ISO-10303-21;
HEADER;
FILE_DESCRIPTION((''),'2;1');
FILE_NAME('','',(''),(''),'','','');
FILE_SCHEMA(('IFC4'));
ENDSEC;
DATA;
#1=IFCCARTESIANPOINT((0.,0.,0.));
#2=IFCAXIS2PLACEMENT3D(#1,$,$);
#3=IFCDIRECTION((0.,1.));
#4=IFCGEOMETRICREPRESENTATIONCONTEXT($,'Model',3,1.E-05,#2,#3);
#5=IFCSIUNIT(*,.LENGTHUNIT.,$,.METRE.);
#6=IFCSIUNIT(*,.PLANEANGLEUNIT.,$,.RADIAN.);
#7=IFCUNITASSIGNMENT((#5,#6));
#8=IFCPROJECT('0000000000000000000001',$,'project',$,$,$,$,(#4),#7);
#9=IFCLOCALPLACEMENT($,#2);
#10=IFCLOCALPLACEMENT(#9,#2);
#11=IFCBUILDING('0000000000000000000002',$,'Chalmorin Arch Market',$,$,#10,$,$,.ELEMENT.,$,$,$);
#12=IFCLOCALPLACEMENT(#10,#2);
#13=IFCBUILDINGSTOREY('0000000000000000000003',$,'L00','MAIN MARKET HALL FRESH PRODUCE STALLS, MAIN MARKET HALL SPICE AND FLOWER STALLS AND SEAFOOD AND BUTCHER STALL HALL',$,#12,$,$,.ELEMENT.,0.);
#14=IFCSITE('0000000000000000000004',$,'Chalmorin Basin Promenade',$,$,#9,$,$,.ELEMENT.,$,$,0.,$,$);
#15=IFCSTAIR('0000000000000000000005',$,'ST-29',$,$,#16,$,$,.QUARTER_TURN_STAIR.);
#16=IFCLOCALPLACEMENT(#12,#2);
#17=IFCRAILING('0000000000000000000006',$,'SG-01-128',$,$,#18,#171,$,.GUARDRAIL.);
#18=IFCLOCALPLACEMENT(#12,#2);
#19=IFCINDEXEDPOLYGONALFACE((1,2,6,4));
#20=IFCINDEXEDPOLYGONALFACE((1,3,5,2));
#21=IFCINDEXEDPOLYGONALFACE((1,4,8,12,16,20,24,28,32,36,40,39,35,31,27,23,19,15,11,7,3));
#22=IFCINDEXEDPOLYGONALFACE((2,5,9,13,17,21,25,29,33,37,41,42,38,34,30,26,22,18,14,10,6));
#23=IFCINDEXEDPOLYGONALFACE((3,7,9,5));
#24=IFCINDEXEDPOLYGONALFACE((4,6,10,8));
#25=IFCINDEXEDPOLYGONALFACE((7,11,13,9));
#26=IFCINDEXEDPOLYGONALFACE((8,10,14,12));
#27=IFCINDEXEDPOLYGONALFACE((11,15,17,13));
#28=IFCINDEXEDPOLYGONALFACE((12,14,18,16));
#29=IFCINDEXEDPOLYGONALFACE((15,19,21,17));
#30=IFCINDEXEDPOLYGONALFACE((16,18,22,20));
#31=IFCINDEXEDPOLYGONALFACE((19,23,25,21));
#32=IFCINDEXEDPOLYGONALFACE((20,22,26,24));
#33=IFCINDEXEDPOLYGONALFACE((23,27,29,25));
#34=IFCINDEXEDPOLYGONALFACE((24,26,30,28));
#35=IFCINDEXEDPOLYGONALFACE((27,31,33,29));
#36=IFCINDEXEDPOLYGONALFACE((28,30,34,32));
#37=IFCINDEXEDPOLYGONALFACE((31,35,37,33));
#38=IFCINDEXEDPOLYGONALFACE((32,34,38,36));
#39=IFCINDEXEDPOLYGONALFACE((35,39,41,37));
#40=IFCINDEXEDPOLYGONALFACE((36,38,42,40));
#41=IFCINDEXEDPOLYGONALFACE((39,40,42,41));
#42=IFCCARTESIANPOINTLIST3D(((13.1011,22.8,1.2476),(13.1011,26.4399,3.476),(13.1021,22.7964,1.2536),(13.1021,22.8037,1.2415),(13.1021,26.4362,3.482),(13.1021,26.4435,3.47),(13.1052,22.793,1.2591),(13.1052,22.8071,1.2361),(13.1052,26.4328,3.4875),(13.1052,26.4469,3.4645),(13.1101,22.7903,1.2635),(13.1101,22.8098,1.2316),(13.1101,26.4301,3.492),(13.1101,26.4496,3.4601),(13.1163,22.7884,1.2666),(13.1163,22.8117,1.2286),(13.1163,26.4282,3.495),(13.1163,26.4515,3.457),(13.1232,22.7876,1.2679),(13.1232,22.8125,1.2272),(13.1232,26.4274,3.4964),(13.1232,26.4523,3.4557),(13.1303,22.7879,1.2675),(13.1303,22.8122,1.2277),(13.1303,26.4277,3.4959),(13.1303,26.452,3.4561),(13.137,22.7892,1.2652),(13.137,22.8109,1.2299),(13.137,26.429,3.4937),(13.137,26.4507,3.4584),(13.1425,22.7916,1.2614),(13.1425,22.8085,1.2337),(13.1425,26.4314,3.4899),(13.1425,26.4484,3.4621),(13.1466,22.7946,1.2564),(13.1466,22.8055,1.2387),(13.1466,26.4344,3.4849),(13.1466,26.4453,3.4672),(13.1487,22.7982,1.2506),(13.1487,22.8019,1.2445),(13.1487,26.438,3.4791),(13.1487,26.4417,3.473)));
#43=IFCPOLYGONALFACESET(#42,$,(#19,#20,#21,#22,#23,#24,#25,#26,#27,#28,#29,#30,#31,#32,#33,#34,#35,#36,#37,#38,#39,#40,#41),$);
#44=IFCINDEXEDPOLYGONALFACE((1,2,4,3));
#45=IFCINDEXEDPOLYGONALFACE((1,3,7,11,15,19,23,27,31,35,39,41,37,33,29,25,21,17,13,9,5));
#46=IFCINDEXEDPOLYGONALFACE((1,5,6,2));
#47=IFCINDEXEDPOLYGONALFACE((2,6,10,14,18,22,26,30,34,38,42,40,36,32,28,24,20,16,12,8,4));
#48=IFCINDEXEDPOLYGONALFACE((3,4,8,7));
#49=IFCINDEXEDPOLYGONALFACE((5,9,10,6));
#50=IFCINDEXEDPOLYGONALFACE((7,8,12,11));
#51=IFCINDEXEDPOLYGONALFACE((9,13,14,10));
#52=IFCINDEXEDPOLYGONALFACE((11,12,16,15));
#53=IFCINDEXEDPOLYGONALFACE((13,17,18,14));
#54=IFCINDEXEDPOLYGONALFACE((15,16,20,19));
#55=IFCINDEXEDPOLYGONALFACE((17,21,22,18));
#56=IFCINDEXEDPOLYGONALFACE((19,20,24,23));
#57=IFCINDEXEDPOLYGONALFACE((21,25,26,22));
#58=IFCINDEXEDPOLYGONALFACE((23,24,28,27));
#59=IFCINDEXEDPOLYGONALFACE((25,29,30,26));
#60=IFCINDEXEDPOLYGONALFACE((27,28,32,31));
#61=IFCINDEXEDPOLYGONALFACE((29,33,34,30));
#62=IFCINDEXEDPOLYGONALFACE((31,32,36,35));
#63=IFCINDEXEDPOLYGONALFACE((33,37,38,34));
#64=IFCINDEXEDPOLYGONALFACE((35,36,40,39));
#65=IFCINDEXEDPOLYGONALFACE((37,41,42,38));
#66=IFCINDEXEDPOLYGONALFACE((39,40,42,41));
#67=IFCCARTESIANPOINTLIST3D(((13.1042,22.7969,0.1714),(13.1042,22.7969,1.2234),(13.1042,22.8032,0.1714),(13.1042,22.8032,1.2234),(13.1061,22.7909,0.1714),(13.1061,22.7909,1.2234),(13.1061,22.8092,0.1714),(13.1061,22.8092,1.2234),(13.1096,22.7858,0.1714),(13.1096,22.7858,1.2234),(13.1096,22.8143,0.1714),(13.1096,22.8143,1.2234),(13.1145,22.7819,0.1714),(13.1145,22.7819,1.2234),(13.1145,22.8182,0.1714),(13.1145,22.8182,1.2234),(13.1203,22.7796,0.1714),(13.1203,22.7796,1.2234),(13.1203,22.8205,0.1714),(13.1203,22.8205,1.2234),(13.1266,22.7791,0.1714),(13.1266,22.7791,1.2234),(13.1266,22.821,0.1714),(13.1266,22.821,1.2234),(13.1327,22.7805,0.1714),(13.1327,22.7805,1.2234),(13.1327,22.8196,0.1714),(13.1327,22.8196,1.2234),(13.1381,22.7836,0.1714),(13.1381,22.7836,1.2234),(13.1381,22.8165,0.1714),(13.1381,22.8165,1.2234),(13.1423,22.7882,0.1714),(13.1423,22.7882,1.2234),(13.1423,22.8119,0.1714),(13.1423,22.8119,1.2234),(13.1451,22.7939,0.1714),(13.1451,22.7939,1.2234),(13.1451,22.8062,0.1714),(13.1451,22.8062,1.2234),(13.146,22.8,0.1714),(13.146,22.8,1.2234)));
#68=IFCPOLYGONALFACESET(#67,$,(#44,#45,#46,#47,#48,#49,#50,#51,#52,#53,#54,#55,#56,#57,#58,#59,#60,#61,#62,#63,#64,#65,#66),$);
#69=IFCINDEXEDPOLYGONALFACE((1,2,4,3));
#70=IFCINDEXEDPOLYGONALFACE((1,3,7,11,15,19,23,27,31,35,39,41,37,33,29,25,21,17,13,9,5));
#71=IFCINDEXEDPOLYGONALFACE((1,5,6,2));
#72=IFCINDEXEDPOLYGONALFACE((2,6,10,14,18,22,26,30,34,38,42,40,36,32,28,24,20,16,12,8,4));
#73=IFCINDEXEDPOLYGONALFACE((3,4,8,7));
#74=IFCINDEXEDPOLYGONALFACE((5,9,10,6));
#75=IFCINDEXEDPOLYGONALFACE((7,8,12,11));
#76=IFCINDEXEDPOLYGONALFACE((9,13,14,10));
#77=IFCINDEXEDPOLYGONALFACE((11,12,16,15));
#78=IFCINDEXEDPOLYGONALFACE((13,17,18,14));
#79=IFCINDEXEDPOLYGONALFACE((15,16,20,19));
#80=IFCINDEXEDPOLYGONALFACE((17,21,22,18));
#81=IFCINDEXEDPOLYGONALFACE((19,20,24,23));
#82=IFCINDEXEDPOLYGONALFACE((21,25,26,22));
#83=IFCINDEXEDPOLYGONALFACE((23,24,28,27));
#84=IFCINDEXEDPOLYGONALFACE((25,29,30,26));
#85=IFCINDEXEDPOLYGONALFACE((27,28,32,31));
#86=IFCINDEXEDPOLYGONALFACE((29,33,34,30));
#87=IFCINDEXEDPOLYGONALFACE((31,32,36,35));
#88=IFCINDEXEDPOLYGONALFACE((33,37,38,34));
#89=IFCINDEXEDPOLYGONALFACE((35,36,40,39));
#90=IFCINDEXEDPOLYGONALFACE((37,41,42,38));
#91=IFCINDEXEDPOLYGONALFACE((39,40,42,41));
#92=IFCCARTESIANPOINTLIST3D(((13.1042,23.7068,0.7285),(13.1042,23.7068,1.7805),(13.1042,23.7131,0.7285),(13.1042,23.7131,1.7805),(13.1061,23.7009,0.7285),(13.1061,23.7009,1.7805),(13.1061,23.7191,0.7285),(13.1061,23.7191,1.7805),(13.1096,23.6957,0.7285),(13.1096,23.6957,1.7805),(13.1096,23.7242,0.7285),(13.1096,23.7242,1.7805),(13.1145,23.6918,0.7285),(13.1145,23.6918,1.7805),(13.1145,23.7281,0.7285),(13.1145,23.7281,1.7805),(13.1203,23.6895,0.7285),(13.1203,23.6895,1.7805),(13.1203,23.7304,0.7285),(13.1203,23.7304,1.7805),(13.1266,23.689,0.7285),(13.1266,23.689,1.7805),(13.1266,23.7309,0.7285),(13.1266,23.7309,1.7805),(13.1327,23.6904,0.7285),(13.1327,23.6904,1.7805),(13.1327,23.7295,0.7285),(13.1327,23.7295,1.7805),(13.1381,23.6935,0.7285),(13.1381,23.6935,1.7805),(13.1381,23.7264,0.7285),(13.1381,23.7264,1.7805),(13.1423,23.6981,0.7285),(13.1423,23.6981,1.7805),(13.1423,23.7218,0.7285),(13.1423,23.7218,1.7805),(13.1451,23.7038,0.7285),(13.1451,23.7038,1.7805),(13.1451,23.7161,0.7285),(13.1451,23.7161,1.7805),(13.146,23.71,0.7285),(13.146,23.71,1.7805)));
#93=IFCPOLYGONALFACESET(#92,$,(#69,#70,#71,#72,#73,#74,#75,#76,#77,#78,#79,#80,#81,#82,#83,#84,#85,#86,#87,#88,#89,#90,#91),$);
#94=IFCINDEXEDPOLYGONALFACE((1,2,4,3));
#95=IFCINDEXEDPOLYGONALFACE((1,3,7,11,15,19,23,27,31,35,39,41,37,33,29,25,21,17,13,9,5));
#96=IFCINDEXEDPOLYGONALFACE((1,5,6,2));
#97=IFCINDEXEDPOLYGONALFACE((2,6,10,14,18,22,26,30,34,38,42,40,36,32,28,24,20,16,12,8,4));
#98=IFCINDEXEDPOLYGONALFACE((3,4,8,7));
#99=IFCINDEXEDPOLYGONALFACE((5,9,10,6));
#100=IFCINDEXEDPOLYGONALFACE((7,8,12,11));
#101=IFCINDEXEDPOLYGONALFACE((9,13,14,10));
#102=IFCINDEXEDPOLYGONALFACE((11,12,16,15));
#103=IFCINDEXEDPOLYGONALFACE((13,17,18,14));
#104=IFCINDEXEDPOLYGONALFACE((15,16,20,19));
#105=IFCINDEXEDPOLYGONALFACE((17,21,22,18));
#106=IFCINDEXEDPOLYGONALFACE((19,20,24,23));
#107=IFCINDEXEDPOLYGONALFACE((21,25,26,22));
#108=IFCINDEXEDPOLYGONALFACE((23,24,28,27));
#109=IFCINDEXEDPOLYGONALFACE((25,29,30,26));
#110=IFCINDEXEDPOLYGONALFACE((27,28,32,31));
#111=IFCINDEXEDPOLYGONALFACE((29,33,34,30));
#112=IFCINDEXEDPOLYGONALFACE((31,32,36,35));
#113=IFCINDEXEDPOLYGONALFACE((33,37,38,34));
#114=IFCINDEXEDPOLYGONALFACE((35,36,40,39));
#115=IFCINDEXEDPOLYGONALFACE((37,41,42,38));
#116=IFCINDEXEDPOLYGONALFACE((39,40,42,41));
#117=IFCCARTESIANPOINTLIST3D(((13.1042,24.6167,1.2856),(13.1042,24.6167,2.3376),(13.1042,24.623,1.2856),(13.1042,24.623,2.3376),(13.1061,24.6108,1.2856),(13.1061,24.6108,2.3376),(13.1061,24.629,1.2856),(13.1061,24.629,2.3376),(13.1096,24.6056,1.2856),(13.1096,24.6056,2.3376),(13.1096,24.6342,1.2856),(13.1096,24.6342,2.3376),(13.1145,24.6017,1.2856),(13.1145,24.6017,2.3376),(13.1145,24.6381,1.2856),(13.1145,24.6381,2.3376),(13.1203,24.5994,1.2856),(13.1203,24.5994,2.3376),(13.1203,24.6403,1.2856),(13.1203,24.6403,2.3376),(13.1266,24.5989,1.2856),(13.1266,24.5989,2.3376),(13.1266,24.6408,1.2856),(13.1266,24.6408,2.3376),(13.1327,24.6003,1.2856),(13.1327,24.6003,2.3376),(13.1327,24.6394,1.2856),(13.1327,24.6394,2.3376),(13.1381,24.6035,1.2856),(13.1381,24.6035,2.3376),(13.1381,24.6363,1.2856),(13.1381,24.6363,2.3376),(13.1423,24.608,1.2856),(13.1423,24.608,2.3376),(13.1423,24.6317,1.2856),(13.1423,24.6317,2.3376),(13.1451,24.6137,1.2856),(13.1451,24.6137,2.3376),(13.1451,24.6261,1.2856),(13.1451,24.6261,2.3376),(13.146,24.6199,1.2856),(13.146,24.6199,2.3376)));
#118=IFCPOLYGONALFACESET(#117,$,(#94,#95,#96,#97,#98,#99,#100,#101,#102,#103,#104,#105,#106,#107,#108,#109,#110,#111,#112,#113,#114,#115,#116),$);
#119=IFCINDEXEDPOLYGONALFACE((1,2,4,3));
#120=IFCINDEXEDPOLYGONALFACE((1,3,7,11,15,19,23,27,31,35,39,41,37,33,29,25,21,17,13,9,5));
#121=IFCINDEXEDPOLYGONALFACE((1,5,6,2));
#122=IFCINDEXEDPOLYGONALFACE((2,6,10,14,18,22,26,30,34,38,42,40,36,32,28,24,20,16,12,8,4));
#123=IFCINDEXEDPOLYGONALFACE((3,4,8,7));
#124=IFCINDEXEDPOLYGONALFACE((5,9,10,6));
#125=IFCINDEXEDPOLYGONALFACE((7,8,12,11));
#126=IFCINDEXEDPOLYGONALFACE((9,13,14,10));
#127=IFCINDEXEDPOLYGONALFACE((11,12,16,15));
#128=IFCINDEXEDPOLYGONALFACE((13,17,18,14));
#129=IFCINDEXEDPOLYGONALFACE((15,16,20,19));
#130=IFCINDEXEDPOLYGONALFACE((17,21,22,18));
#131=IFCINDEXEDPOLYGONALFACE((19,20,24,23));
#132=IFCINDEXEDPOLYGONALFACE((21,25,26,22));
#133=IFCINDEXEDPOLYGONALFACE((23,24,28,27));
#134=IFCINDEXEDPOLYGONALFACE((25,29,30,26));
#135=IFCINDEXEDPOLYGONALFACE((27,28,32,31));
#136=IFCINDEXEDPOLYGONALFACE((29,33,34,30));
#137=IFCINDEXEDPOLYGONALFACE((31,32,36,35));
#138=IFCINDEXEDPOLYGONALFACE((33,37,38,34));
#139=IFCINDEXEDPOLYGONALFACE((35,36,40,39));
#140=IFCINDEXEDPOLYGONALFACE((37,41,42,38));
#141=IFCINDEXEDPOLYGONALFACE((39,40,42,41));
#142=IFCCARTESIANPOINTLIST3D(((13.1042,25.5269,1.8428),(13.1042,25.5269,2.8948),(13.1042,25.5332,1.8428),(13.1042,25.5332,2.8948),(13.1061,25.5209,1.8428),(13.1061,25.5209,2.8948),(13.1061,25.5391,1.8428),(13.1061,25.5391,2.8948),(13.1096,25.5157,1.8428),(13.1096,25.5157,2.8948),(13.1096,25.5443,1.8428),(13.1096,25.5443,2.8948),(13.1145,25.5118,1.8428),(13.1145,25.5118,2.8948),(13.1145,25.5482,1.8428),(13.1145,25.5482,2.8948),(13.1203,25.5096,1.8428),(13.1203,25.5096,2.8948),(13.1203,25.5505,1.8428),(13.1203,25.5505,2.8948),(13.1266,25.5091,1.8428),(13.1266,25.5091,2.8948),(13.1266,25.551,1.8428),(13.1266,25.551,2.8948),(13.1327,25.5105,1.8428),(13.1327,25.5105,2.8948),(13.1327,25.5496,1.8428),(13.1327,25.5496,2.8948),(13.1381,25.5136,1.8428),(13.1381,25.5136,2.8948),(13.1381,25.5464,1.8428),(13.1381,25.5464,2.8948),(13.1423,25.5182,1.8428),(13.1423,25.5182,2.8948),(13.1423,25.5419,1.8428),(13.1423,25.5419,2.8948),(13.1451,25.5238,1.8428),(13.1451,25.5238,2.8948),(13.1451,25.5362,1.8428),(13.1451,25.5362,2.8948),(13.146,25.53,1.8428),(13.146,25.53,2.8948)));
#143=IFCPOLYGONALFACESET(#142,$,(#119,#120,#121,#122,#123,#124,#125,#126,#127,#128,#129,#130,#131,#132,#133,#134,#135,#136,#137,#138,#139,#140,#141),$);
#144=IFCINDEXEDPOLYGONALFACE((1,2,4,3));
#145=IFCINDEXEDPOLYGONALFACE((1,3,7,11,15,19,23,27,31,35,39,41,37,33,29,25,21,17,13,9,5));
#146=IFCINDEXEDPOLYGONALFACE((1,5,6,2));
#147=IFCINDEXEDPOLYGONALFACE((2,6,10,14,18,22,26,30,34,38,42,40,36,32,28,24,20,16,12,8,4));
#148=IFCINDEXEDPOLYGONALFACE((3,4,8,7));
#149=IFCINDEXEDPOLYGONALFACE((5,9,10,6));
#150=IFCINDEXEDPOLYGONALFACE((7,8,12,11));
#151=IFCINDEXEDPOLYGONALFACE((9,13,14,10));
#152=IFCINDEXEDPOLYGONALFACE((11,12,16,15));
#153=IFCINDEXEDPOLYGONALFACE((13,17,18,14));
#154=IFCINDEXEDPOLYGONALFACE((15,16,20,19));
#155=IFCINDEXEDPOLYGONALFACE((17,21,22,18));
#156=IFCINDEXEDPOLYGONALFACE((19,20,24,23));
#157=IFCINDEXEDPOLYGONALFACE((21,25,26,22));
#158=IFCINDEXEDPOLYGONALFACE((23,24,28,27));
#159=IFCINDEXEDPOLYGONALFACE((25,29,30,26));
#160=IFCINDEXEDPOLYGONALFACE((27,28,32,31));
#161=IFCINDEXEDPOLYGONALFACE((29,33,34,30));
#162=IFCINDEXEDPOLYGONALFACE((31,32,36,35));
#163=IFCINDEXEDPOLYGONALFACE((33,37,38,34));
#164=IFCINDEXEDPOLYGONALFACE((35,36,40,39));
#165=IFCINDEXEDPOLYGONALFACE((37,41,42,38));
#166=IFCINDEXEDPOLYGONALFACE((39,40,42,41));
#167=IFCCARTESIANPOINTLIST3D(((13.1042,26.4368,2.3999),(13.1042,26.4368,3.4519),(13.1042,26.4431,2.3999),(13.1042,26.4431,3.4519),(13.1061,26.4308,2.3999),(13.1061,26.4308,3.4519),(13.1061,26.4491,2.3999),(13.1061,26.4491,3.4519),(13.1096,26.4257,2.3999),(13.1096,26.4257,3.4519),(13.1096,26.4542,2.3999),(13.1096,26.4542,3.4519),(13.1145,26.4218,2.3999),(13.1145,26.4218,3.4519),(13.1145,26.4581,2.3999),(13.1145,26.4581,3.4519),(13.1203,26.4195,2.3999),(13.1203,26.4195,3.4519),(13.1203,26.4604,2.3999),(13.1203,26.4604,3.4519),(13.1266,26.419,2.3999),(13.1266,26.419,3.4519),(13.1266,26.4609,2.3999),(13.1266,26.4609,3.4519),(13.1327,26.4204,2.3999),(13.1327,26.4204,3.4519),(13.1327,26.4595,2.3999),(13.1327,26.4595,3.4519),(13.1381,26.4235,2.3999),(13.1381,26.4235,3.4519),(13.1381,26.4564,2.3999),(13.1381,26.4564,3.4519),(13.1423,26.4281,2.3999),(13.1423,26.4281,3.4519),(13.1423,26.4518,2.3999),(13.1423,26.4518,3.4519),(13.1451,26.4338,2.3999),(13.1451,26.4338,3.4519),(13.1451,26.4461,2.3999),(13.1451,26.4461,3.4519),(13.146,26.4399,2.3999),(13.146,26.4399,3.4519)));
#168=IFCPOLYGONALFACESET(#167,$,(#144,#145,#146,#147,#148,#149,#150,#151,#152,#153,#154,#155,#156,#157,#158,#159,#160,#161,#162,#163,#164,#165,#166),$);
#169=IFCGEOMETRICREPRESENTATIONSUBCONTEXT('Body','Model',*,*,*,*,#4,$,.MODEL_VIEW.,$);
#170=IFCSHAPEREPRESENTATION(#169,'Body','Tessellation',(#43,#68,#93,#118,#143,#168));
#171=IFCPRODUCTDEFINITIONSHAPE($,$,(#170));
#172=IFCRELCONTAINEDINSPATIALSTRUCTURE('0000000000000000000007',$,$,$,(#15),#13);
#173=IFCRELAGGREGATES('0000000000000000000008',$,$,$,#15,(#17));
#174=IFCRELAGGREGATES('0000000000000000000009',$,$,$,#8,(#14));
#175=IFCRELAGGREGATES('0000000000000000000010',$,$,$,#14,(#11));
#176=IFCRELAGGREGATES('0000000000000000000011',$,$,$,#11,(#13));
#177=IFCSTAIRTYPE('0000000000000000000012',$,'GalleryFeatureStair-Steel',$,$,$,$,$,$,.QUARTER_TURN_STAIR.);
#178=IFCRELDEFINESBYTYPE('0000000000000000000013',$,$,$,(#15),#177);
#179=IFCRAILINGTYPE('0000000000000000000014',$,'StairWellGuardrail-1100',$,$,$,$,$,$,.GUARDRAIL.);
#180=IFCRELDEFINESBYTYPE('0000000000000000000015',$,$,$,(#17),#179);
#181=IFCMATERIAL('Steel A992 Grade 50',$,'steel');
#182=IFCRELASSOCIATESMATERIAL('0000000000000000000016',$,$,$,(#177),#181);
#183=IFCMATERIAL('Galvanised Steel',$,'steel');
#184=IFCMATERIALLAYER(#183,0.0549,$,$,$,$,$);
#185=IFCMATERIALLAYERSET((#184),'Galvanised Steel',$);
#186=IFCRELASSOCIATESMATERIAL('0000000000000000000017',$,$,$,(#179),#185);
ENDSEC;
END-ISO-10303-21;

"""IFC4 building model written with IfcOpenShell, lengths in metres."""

from ifc_helpers import new_model, si_unit, direction, frame, origin, origin_2d, place, context, subcontext, project, spatial, circle, extrude, material, layer, layer_set, type_object, element, aggregate, save


model = new_model("IFC4")

# Units and contexts
model_context = context("Model", 3, precision=1e-05, world=origin(), true_north=direction((0.0, 1.0)))
body_context = subcontext(model_context, "Body", "Model", "MODEL_VIEW")
ifc_project = project(units=[si_unit("LENGTHUNIT", "METRE"), si_unit("PLANEANGLEUNIT", "RADIAN")], contexts=[model_context])

# Site, building, storey
site_placement = place(None, origin())
site = spatial("IfcSite", under=ifc_project, at=site_placement, Name="Chalmorin Basin Promenade", CompositionType="ELEMENT", RefElevation=0.0)
building_placement = place(site_placement, origin())
building = spatial("IfcBuilding", under=site, at=building_placement, Name="Chalmorin Arch Market", CompositionType="ELEMENT")
storey_placement = place(building_placement, origin())
storey = spatial("IfcBuildingStorey", under=building, at=storey_placement, Name="L00", Description="MAIN MARKET HALL FRESH PRODUCE STALLS, MAIN MARKET HALL SPICE AND FLOWER STALLS AND SEAFOOD AND BUTCHER STALL HALL", CompositionType="ELEMENT", Elevation=0.0)

# Shared definitions
ifc_material_1 = material(Name="Steel A992 Grade 50", Category="steel")

# Shared definitions
ifc_material_2 = material(Name="Galvanised Steel", Category="steel")

# Stair, railing
stair_type = type_object("IfcStairType", Name="GalleryFeatureStair-Steel", PredefinedType="QUARTER_TURN_STAIR", material=ifc_material_1)
stair_placement = place(storey_placement, origin())
stair = element("IfcStair", 1, at=stair_placement, inside=storey, type_object=stair_type, Name="ST-29", PredefinedType="QUARTER_TURN_STAIR")
ifc_layer_1 = layer(ifc_material_2, 0.0549)
ifc_layer_set_1 = layer_set([ifc_layer_1], Name="Galvanised Steel")
railing_type = type_object("IfcRailingType", Name="StairWellGuardrail-1100", PredefinedType="GUARDRAIL", material=ifc_layer_set_1)
railing_1_placement = place(storey_placement, frame((13.125, 22.8, 0.1714)))
railing_1 = element("IfcRailing", 2, at=railing_1_placement, type_object=railing_type, Name="SG-01-128", PredefinedType="GUARDRAIL", context=body_context, shape_type="SweptSolid", body=[
    extrude(circle(Radius=0.0239, at=origin_2d()), frame((0.0, 0.0, 1.0762), z_axis=(0.0, 0.85285, 0.522156), x_axis=(-1.0, 0.0, 0.0)), (0.0, 0.0, 1.0), 4.2678),
    extrude(circle(Radius=0.021, at=origin_2d()), origin(), (0.0, 0.0, 1.0), 1.052),
    extrude(circle(Radius=0.021, at=origin_2d()), frame((0.0, 0.9099, 0.5571)), (0.0, 0.0, 1.0), 1.052),
    extrude(circle(Radius=0.021, at=origin_2d()), frame((0.0, 1.8198, 1.1143)), (0.0, 0.0, 1.0), 1.052),
    extrude(circle(Radius=0.021, at=origin_2d()), frame((0.0, 2.73, 1.6714)), (0.0, 0.0, 1.0), 1.052),
    extrude(circle(Radius=0.021, at=origin_2d()), frame((0.0, 3.6399, 2.2285)), (0.0, 0.0, 1.0), 1.052),
])
aggregate(stair, [railing_1])

save(model, "model.ifc")
